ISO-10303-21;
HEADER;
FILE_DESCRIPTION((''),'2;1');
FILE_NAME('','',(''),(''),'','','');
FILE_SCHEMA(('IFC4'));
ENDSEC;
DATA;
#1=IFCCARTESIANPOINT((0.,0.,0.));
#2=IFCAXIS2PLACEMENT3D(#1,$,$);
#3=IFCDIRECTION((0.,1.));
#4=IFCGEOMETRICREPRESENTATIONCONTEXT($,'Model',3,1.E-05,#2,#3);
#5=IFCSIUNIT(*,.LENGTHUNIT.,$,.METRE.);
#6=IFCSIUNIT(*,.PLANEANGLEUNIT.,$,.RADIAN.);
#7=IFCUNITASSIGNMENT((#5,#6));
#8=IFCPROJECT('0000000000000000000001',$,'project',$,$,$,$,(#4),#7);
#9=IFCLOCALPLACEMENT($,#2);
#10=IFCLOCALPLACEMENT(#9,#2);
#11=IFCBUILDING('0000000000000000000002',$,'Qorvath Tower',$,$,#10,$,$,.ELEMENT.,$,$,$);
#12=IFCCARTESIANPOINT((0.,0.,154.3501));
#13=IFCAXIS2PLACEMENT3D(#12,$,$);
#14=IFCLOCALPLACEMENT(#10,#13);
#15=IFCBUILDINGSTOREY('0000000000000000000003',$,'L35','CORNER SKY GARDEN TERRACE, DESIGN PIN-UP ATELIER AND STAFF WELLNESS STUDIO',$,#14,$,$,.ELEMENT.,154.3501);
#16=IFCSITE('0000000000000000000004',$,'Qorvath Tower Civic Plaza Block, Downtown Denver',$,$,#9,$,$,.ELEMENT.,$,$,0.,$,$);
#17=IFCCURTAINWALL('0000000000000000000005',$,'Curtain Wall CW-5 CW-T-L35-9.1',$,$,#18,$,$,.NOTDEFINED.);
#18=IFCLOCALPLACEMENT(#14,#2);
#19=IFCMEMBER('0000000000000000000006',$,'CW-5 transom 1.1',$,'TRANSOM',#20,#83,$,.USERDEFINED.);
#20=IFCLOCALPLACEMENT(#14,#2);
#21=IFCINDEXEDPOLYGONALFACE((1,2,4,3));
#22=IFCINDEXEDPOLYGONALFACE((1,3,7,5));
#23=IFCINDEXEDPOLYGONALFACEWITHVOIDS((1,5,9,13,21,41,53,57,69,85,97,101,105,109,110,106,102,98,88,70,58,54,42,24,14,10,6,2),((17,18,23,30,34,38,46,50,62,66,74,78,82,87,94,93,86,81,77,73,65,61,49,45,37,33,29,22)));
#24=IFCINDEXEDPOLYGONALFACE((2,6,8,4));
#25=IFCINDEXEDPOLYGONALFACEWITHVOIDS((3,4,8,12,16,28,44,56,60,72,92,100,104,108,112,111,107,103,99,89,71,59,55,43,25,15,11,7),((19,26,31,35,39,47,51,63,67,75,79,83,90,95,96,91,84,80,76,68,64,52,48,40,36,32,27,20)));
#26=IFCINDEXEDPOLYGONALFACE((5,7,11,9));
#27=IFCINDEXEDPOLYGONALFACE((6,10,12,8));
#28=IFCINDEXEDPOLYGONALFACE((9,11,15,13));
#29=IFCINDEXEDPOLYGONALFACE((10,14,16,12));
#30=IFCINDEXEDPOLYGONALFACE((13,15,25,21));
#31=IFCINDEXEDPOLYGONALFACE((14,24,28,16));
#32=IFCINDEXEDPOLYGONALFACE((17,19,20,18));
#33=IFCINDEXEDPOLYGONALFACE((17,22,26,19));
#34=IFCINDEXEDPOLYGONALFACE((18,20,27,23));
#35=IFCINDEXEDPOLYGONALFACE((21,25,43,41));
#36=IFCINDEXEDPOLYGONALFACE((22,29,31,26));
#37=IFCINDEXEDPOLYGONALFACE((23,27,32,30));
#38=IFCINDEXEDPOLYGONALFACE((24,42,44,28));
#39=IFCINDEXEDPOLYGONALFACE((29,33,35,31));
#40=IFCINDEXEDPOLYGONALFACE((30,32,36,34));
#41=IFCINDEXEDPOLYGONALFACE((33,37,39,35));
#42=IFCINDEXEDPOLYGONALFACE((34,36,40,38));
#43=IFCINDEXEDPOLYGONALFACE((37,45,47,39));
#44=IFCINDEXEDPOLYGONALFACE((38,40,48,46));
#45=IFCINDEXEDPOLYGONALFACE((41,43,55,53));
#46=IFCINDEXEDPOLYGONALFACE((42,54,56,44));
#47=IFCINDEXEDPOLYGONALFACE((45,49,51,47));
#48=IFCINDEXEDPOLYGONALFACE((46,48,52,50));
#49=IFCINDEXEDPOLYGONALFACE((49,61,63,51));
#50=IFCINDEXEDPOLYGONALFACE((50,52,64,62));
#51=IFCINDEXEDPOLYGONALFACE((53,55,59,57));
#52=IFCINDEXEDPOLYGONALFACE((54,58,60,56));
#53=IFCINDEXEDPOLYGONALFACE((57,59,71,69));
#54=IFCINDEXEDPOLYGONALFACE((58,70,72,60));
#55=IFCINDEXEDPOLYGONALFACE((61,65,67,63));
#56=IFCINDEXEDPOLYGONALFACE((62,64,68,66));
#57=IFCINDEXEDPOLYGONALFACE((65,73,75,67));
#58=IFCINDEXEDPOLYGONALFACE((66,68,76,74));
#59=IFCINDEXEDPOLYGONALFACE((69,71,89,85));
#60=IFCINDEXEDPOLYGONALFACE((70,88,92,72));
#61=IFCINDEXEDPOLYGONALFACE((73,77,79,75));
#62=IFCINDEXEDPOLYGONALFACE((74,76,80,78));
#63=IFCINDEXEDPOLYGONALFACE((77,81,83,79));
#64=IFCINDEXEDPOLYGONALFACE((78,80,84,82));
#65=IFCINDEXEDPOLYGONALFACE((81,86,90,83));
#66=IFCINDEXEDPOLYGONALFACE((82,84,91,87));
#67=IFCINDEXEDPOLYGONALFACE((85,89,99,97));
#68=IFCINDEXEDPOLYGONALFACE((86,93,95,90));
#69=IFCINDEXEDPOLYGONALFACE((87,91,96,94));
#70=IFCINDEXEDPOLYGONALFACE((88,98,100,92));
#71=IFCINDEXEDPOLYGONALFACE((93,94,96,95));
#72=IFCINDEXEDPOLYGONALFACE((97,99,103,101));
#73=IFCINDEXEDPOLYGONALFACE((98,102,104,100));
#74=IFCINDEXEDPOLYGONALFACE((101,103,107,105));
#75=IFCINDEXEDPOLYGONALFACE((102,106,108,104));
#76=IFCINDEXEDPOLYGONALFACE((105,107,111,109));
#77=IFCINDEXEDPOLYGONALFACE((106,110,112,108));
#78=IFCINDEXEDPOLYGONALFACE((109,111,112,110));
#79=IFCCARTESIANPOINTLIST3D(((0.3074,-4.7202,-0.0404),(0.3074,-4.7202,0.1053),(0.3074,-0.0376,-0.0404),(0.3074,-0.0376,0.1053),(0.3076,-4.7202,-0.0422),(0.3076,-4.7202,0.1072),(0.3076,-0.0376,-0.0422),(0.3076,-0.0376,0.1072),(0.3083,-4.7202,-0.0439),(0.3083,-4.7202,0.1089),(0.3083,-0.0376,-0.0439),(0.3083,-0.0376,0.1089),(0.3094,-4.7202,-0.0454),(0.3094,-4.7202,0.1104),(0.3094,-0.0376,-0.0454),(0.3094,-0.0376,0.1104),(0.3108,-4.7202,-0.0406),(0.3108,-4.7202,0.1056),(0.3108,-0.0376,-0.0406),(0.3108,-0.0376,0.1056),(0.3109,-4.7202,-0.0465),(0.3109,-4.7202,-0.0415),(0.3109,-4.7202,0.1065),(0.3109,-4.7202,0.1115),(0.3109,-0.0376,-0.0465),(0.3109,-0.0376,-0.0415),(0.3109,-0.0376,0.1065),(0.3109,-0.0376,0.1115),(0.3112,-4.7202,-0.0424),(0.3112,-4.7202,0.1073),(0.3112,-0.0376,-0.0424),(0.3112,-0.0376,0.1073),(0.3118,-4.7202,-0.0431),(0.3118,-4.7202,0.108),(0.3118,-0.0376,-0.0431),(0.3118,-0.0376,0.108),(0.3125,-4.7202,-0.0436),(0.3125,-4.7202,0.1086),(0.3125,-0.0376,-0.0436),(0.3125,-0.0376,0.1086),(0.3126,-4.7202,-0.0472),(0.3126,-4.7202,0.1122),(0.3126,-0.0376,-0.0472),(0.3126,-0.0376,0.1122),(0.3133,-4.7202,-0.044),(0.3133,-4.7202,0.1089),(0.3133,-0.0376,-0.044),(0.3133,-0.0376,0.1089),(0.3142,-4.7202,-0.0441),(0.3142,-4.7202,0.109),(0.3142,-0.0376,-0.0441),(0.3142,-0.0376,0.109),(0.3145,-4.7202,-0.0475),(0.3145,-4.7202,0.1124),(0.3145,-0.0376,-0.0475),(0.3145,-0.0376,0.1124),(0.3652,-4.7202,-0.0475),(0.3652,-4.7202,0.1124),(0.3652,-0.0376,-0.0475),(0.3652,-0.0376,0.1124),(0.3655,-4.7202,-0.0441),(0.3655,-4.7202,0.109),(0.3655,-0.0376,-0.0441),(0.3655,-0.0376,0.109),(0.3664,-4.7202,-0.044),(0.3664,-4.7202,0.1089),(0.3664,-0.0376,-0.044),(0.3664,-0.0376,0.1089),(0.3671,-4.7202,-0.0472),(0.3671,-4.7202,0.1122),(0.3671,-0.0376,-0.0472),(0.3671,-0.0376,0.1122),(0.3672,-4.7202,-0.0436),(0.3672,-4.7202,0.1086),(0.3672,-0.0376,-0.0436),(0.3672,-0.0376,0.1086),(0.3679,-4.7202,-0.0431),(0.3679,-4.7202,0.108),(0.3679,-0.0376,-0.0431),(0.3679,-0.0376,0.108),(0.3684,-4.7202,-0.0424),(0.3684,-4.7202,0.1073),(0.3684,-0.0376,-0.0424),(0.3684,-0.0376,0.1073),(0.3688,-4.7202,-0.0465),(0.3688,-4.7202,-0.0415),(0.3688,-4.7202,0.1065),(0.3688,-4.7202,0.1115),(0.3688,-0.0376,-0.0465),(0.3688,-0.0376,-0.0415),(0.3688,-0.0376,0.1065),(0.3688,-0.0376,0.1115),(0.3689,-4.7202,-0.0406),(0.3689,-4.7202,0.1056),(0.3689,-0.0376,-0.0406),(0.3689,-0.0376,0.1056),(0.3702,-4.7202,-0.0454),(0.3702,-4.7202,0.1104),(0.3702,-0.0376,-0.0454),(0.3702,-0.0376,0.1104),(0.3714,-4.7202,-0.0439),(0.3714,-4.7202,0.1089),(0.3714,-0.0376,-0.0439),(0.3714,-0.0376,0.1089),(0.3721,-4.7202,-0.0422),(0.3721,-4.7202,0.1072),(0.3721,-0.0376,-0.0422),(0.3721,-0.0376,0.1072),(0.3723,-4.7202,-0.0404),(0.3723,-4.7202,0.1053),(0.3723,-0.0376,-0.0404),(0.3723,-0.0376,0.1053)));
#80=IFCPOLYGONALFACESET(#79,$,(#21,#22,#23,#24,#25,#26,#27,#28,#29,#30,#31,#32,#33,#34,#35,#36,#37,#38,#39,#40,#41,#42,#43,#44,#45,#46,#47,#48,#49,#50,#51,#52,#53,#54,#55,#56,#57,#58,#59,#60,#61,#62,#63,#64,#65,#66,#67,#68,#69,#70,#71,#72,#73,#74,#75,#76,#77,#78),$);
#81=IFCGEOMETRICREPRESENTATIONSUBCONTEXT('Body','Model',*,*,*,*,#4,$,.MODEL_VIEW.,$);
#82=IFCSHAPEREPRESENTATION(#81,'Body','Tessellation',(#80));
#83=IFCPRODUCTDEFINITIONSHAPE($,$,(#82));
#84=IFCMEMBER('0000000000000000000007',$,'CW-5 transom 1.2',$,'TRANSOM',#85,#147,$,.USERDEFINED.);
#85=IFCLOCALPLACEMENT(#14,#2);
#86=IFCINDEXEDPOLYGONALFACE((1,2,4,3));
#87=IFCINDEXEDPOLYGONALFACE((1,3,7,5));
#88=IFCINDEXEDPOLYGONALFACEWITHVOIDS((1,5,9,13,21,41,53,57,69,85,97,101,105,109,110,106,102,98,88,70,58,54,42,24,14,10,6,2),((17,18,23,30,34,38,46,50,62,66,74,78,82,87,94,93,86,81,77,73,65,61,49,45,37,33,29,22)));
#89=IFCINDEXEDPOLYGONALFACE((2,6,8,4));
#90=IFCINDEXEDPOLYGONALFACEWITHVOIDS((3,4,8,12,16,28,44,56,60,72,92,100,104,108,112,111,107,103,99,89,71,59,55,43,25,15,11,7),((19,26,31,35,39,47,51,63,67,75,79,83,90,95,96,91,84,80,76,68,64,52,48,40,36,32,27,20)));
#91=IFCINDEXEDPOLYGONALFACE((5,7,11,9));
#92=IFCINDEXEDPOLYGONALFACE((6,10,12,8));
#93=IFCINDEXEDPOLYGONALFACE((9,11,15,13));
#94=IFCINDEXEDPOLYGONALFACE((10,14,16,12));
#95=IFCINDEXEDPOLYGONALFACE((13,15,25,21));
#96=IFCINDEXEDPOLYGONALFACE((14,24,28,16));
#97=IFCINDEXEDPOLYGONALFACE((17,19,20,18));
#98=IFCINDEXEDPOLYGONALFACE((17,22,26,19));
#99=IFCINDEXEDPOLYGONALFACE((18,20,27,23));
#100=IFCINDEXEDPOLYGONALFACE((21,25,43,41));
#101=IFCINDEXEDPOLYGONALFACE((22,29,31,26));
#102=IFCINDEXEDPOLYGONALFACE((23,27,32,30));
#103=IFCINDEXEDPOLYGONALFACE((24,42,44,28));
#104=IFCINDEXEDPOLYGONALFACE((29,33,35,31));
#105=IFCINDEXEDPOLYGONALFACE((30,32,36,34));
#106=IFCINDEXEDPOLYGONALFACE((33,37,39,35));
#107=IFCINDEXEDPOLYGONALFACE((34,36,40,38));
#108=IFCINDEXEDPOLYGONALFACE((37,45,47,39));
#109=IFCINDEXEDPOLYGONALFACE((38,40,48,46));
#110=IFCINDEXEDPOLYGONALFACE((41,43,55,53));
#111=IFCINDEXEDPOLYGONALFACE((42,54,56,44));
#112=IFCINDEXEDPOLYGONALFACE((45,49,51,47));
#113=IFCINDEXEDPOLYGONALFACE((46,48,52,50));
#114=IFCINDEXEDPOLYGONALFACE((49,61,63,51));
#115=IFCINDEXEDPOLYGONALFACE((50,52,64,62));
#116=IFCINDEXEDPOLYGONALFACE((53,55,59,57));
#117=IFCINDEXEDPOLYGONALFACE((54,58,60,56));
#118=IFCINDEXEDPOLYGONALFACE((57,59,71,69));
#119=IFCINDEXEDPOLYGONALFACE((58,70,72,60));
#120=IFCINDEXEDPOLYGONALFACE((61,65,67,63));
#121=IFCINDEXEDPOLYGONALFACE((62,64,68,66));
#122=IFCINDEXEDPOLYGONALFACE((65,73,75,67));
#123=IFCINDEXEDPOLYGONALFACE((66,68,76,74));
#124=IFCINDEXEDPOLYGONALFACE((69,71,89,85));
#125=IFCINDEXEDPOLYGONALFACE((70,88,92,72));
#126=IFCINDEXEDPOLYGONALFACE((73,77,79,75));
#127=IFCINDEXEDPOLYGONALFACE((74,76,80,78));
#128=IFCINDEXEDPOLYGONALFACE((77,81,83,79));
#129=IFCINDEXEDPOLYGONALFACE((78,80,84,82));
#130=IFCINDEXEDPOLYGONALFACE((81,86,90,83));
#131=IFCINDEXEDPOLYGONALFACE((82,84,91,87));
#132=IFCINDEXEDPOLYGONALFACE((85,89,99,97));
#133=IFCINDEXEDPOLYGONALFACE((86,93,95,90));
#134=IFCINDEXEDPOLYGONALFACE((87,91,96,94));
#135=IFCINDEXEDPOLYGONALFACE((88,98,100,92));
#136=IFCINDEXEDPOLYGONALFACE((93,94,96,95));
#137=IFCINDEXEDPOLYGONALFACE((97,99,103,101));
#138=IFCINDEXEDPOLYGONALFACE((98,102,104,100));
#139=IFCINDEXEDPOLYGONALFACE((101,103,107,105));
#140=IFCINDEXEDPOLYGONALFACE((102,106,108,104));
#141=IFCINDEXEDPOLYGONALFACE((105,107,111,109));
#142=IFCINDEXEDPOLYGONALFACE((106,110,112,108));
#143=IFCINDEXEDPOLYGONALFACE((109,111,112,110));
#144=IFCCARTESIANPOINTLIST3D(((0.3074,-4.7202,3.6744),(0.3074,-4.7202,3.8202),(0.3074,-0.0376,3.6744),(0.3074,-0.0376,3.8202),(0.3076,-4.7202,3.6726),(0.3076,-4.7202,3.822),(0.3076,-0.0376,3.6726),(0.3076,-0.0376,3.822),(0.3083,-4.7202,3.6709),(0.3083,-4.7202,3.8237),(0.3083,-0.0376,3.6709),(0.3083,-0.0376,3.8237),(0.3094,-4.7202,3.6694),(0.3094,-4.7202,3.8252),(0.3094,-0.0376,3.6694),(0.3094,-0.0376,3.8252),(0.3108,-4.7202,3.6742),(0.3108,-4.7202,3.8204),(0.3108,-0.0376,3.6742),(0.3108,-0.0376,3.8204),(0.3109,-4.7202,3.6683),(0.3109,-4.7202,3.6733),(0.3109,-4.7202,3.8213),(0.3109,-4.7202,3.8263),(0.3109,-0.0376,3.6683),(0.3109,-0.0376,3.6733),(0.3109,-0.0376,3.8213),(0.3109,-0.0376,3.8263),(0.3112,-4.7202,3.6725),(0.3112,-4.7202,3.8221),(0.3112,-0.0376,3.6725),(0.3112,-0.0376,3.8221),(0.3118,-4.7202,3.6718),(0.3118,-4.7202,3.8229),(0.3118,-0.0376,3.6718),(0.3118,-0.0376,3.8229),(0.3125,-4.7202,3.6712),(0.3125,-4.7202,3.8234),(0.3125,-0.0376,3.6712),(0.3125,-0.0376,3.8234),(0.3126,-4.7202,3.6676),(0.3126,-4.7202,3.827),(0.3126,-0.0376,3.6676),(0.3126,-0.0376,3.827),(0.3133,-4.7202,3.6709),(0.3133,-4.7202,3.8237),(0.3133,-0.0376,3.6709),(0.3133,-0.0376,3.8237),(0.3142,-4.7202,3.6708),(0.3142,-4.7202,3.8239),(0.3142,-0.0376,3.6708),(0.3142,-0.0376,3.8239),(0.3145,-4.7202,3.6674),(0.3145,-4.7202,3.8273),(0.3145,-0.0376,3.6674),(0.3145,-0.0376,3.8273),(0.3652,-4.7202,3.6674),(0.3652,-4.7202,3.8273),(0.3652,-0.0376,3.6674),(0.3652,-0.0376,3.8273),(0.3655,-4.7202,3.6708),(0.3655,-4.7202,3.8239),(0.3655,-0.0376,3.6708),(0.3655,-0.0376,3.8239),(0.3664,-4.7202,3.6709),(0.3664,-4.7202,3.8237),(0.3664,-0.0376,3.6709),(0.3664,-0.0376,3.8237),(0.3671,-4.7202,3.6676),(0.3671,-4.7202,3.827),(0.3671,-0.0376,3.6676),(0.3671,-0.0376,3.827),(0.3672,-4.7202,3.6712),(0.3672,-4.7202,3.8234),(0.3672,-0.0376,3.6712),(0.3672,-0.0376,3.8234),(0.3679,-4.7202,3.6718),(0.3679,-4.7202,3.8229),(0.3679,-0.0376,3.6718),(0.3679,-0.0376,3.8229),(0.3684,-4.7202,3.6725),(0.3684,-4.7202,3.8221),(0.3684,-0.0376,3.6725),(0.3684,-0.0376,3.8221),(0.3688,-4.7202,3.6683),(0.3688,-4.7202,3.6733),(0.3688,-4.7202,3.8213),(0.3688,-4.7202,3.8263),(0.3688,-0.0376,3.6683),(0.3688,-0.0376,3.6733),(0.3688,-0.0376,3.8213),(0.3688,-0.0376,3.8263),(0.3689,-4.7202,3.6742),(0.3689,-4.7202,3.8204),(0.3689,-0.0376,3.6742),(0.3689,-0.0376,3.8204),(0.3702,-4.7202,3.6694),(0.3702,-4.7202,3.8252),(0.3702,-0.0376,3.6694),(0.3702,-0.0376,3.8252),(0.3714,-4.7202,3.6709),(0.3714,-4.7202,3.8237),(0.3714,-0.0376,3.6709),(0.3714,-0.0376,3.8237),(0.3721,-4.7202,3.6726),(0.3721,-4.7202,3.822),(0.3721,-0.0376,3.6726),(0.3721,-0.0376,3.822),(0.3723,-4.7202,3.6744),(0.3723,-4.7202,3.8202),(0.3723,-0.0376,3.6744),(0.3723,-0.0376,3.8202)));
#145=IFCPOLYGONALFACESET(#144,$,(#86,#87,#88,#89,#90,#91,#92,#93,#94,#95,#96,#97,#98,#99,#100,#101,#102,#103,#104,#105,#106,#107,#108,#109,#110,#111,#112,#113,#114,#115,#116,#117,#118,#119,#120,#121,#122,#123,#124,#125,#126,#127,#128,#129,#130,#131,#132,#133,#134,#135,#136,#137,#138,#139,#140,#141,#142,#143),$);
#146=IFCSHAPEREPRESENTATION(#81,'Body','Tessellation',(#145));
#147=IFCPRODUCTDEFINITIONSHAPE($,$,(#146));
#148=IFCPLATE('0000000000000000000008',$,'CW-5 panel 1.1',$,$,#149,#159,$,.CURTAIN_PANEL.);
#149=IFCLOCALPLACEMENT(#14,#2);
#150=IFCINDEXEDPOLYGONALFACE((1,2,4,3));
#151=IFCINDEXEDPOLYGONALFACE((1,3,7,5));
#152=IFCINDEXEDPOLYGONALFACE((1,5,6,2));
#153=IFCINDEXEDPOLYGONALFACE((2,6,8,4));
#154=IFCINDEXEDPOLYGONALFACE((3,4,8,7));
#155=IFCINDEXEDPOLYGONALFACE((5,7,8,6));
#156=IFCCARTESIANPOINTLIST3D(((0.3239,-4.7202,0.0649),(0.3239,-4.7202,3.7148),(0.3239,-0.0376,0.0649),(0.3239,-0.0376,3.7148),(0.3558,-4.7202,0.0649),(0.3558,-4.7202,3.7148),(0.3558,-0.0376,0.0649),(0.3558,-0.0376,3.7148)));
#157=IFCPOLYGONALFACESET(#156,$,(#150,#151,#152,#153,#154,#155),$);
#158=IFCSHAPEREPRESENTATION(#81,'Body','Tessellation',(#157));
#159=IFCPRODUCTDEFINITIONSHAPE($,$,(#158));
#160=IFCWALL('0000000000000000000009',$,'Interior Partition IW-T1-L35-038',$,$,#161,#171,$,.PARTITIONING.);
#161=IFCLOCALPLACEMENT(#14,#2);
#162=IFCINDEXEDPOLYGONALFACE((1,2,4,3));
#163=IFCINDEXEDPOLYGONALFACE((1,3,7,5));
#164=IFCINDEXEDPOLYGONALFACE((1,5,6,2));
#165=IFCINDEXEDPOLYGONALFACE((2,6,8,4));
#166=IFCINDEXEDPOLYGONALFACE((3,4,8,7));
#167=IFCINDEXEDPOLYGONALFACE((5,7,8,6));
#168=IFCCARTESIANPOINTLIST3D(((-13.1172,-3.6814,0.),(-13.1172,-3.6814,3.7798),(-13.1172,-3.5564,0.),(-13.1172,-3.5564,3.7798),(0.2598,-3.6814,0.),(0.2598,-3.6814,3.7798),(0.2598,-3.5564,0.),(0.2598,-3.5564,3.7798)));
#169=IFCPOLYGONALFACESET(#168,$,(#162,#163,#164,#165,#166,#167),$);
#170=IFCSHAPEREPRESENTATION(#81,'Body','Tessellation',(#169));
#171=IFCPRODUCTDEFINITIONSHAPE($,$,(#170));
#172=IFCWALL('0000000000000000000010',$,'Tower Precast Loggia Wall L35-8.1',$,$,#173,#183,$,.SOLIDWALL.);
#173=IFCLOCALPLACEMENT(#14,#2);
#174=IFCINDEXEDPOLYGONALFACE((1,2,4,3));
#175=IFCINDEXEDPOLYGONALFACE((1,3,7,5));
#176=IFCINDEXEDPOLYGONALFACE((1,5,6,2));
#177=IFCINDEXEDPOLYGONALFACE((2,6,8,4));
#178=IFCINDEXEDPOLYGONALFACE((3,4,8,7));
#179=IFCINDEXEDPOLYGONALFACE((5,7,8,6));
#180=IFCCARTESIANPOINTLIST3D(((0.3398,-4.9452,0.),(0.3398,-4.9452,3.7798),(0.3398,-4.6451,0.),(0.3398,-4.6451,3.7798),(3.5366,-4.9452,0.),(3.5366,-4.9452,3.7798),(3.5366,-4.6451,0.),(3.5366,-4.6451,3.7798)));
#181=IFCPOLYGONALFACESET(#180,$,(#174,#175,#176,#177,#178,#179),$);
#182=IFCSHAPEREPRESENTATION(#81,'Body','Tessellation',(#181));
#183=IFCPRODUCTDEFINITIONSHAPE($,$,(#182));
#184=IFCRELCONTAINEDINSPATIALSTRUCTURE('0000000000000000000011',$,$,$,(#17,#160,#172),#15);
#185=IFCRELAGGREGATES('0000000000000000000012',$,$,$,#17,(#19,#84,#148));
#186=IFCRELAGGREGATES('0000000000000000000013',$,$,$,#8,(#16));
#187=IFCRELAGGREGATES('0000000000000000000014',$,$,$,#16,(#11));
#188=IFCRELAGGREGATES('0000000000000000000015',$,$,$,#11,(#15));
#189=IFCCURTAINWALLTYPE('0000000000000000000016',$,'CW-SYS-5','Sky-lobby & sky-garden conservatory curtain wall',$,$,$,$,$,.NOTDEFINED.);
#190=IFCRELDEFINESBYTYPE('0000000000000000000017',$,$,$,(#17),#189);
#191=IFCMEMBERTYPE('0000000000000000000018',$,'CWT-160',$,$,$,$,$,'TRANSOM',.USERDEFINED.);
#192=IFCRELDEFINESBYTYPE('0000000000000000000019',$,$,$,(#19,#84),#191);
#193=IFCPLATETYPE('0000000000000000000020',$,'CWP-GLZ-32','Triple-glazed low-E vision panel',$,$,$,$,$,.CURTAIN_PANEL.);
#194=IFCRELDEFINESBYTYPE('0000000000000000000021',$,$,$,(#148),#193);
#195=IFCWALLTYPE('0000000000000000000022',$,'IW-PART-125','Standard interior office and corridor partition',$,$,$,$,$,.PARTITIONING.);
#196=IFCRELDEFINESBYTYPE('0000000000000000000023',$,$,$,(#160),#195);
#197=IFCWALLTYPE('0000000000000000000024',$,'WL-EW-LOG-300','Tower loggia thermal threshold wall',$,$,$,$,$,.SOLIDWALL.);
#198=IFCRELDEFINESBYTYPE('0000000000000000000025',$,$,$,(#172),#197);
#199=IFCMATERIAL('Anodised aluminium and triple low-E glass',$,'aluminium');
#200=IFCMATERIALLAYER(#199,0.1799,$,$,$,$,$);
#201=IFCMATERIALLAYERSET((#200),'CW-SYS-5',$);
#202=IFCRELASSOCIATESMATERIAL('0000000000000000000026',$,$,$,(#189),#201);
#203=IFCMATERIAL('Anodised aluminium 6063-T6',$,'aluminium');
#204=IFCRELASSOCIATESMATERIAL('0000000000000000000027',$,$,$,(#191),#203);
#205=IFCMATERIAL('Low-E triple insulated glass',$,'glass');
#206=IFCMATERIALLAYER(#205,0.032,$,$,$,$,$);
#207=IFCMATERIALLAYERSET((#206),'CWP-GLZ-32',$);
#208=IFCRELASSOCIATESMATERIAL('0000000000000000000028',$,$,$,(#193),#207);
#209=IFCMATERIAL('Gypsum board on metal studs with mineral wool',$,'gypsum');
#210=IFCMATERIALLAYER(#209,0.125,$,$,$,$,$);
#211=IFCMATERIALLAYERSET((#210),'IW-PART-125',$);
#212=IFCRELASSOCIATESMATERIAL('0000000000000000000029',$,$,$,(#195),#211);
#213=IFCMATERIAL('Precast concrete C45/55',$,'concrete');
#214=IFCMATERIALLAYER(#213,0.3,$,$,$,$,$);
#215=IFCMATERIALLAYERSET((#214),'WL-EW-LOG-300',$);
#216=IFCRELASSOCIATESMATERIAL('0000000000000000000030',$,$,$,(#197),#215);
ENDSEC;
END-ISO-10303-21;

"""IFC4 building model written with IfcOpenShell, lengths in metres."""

from ifc_helpers import new_model, si_unit, direction, frame, frame_2d, origin, origin_2d, place, context, subcontext, project, spatial, rectangle, hollow_rectangle, extrude, material, layer, layer_set, material_profile, profile_set, type_object, element, aggregate, save


model = new_model("IFC4")

# Units and contexts
model_context = context("Model", 3, precision=1e-05, world=origin(), true_north=direction((0.0, 1.0)))
body_context = subcontext(model_context, "Body", "Model", "MODEL_VIEW")
ifc_project = project(units=[si_unit("LENGTHUNIT", "METRE"), si_unit("PLANEANGLEUNIT", "RADIAN")], contexts=[model_context])

# Site, building, storey
site_placement = place(None, origin())
site = spatial("IfcSite", under=ifc_project, at=site_placement, Name="Qorvath Tower Civic Plaza Block, Downtown Denver", CompositionType="ELEMENT", RefElevation=0.0)
building_placement = place(site_placement, origin())
building = spatial("IfcBuilding", under=site, at=building_placement, Name="Qorvath Tower", CompositionType="ELEMENT")
storey_placement = place(building_placement, frame((0.0, 0.0, 154.3501)))
storey = spatial("IfcBuildingStorey", under=building, at=storey_placement, Name="L35", Description="CORNER SKY GARDEN TERRACE, DESIGN PIN-UP ATELIER AND STAFF WELLNESS STUDIO", CompositionType="ELEMENT", Elevation=154.3501)

# Shared definitions
ifc_material_1 = material(Name="Anodised aluminium and triple low-E glass", Category="aluminium")
ifc_layer_1 = layer(ifc_material_1, 0.1799)
ifc_layer_set_1 = layer_set([ifc_layer_1], Name="CW-SYS-5")
curtain_wall_type = type_object("IfcCurtainWallType", Name="CW-SYS-5", Description="Sky-lobby & sky-garden conservatory curtain wall", PredefinedType="NOTDEFINED", material=ifc_layer_set_1)

# Curtain wall, members, plate
curtain_wall_1_placement = place(storey_placement, origin())
curtain_wall_1 = element("IfcCurtainWall", 1, at=curtain_wall_1_placement, inside=storey, type_object=curtain_wall_type, Name="Curtain Wall CW-5 CW-T-L35-9.1", PredefinedType="NOTDEFINED")
ifc_material_2 = material(Name="Anodised aluminium 6063-T6", Category="aluminium")
ifc_material_profile_1 = material_profile(ifc_material_2, hollow_rectangle(XDim=0.0649, YDim=0.1599, WallThickness=0.0034, InnerFilletRadius=0.0034, OuterFilletRadius=0.0071, at=origin_2d()), Name="CWT 160x65")
ifc_profile_set_1 = profile_set([ifc_material_profile_1], Name="Anodised aluminium 6063-T6")
member_type_1 = type_object("IfcMemberType", Name="CWT-160", ElementType="TRANSOM", PredefinedType="USERDEFINED", material=ifc_profile_set_1)
member_1_placement = place(storey_placement, frame((0.3398, -4.7202, 0.0325), z_axis=(0.0, 1.0, 0.0), x_axis=(-1.0, 0.0, 0.0)))
member_1 = element("IfcMember", 2, at=member_1_placement, type_object=member_type_1, Name="CW-5 transom 1.1", ObjectType="TRANSOM", PredefinedType="USERDEFINED", context=body_context, shape_type="SweptSolid", body=[
    extrude(hollow_rectangle(XDim=0.0649, YDim=0.1599, WallThickness=0.0034, InnerFilletRadius=0.0034, OuterFilletRadius=0.0071, at=origin_2d()), origin(), (0.0, 0.0, 1.0), 4.6826),
])
member_2_placement = place(storey_placement, frame((0.3398, -4.7202, 3.7473), z_axis=(0.0, 1.0, 0.0), x_axis=(-1.0, 0.0, 0.0)))
member_2 = element("IfcMember", 3, at=member_2_placement, type_object=member_type_1, Name="CW-5 transom 1.2", ObjectType="TRANSOM", PredefinedType="USERDEFINED", context=body_context, shape_type="SweptSolid", body=[
    extrude(hollow_rectangle(XDim=0.0649, YDim=0.1599, WallThickness=0.0034, InnerFilletRadius=0.0034, OuterFilletRadius=0.0071, at=origin_2d()), origin(), (0.0, 0.0, 1.0), 4.6826),
])
ifc_material_3 = material(Name="Low-E triple insulated glass", Category="glass")
ifc_layer_2 = layer(ifc_material_3, 0.032)
ifc_layer_set_2 = layer_set([ifc_layer_2], Name="CWP-GLZ-32")
plate_type = type_object("IfcPlateType", Name="CWP-GLZ-32", Description="Triple-glazed low-E vision panel", PredefinedType="CURTAIN_PANEL", material=ifc_layer_set_2)
plate_placement = place(storey_placement, frame((0.3398, -2.3789, 0.0649), z_axis=(0.0, 0.0, 1.0), x_axis=(0.0, 1.0, 0.0)))
plate = element("IfcPlate", 4, at=plate_placement, type_object=plate_type, Name="CW-5 panel 1.1", PredefinedType="CURTAIN_PANEL", context=body_context, shape_type="SweptSolid", body=[
    extrude(rectangle(XDim=4.6826, YDim=0.032, at=origin_2d()), origin(), (0.0, 0.0, 1.0), 3.6499),
])
aggregate(curtain_wall_1, [member_1, member_2, plate])

# Walls
ifc_material_4 = material(Name="Gypsum board on metal studs with mineral wool", Category="gypsum")
ifc_layer_3 = layer(ifc_material_4, 0.125)
ifc_layer_set_3 = layer_set([ifc_layer_3], Name="IW-PART-125")
wall_type_1 = type_object("IfcWallType", Name="IW-PART-125", Description="Standard interior office and corridor partition", PredefinedType="PARTITIONING", material=ifc_layer_set_3)
wall_1_placement = place(storey_placement, frame((0.2598, -3.6189, 0.0), z_axis=(0.0, 0.0, 1.0), x_axis=(-1.0, 0.0, 0.0)))
element("IfcWall", 5, at=wall_1_placement, inside=storey, type_object=wall_type_1, Name="Interior Partition IW-T1-L35-038", PredefinedType="PARTITIONING", context=body_context, shape_type="SweptSolid", body=[
    extrude(rectangle(XDim=13.377, YDim=0.125, at=frame_2d((6.6885, 0.0))), origin(), (0.0, 0.0, 1.0), 3.7798),
])
ifc_material_5 = material(Name="Precast concrete C45/55", Category="concrete")
ifc_layer_4 = layer(ifc_material_5, 0.3)
ifc_layer_set_4 = layer_set([ifc_layer_4], Name="WL-EW-LOG-300")
wall_type_2 = type_object("IfcWallType", Name="WL-EW-LOG-300", Description="Tower loggia thermal threshold wall", PredefinedType="SOLIDWALL", material=ifc_layer_set_4)
wall_2_placement = place(storey_placement, frame((3.5366, -4.7952, 0.0), z_axis=(0.0, 0.0, 1.0), x_axis=(-1.0, 0.0, 0.0)))
element("IfcWall", 6, at=wall_2_placement, inside=storey, type_object=wall_type_2, Name="Tower Precast Loggia Wall L35-8.1", PredefinedType="SOLIDWALL", context=body_context, shape_type="SweptSolid", body=[
    extrude(rectangle(XDim=3.1968, YDim=0.3, at=frame_2d((1.5984, 0.0))), origin(), (0.0, 0.0, 1.0), 3.7798),
])

save(model, "model.ifc")
